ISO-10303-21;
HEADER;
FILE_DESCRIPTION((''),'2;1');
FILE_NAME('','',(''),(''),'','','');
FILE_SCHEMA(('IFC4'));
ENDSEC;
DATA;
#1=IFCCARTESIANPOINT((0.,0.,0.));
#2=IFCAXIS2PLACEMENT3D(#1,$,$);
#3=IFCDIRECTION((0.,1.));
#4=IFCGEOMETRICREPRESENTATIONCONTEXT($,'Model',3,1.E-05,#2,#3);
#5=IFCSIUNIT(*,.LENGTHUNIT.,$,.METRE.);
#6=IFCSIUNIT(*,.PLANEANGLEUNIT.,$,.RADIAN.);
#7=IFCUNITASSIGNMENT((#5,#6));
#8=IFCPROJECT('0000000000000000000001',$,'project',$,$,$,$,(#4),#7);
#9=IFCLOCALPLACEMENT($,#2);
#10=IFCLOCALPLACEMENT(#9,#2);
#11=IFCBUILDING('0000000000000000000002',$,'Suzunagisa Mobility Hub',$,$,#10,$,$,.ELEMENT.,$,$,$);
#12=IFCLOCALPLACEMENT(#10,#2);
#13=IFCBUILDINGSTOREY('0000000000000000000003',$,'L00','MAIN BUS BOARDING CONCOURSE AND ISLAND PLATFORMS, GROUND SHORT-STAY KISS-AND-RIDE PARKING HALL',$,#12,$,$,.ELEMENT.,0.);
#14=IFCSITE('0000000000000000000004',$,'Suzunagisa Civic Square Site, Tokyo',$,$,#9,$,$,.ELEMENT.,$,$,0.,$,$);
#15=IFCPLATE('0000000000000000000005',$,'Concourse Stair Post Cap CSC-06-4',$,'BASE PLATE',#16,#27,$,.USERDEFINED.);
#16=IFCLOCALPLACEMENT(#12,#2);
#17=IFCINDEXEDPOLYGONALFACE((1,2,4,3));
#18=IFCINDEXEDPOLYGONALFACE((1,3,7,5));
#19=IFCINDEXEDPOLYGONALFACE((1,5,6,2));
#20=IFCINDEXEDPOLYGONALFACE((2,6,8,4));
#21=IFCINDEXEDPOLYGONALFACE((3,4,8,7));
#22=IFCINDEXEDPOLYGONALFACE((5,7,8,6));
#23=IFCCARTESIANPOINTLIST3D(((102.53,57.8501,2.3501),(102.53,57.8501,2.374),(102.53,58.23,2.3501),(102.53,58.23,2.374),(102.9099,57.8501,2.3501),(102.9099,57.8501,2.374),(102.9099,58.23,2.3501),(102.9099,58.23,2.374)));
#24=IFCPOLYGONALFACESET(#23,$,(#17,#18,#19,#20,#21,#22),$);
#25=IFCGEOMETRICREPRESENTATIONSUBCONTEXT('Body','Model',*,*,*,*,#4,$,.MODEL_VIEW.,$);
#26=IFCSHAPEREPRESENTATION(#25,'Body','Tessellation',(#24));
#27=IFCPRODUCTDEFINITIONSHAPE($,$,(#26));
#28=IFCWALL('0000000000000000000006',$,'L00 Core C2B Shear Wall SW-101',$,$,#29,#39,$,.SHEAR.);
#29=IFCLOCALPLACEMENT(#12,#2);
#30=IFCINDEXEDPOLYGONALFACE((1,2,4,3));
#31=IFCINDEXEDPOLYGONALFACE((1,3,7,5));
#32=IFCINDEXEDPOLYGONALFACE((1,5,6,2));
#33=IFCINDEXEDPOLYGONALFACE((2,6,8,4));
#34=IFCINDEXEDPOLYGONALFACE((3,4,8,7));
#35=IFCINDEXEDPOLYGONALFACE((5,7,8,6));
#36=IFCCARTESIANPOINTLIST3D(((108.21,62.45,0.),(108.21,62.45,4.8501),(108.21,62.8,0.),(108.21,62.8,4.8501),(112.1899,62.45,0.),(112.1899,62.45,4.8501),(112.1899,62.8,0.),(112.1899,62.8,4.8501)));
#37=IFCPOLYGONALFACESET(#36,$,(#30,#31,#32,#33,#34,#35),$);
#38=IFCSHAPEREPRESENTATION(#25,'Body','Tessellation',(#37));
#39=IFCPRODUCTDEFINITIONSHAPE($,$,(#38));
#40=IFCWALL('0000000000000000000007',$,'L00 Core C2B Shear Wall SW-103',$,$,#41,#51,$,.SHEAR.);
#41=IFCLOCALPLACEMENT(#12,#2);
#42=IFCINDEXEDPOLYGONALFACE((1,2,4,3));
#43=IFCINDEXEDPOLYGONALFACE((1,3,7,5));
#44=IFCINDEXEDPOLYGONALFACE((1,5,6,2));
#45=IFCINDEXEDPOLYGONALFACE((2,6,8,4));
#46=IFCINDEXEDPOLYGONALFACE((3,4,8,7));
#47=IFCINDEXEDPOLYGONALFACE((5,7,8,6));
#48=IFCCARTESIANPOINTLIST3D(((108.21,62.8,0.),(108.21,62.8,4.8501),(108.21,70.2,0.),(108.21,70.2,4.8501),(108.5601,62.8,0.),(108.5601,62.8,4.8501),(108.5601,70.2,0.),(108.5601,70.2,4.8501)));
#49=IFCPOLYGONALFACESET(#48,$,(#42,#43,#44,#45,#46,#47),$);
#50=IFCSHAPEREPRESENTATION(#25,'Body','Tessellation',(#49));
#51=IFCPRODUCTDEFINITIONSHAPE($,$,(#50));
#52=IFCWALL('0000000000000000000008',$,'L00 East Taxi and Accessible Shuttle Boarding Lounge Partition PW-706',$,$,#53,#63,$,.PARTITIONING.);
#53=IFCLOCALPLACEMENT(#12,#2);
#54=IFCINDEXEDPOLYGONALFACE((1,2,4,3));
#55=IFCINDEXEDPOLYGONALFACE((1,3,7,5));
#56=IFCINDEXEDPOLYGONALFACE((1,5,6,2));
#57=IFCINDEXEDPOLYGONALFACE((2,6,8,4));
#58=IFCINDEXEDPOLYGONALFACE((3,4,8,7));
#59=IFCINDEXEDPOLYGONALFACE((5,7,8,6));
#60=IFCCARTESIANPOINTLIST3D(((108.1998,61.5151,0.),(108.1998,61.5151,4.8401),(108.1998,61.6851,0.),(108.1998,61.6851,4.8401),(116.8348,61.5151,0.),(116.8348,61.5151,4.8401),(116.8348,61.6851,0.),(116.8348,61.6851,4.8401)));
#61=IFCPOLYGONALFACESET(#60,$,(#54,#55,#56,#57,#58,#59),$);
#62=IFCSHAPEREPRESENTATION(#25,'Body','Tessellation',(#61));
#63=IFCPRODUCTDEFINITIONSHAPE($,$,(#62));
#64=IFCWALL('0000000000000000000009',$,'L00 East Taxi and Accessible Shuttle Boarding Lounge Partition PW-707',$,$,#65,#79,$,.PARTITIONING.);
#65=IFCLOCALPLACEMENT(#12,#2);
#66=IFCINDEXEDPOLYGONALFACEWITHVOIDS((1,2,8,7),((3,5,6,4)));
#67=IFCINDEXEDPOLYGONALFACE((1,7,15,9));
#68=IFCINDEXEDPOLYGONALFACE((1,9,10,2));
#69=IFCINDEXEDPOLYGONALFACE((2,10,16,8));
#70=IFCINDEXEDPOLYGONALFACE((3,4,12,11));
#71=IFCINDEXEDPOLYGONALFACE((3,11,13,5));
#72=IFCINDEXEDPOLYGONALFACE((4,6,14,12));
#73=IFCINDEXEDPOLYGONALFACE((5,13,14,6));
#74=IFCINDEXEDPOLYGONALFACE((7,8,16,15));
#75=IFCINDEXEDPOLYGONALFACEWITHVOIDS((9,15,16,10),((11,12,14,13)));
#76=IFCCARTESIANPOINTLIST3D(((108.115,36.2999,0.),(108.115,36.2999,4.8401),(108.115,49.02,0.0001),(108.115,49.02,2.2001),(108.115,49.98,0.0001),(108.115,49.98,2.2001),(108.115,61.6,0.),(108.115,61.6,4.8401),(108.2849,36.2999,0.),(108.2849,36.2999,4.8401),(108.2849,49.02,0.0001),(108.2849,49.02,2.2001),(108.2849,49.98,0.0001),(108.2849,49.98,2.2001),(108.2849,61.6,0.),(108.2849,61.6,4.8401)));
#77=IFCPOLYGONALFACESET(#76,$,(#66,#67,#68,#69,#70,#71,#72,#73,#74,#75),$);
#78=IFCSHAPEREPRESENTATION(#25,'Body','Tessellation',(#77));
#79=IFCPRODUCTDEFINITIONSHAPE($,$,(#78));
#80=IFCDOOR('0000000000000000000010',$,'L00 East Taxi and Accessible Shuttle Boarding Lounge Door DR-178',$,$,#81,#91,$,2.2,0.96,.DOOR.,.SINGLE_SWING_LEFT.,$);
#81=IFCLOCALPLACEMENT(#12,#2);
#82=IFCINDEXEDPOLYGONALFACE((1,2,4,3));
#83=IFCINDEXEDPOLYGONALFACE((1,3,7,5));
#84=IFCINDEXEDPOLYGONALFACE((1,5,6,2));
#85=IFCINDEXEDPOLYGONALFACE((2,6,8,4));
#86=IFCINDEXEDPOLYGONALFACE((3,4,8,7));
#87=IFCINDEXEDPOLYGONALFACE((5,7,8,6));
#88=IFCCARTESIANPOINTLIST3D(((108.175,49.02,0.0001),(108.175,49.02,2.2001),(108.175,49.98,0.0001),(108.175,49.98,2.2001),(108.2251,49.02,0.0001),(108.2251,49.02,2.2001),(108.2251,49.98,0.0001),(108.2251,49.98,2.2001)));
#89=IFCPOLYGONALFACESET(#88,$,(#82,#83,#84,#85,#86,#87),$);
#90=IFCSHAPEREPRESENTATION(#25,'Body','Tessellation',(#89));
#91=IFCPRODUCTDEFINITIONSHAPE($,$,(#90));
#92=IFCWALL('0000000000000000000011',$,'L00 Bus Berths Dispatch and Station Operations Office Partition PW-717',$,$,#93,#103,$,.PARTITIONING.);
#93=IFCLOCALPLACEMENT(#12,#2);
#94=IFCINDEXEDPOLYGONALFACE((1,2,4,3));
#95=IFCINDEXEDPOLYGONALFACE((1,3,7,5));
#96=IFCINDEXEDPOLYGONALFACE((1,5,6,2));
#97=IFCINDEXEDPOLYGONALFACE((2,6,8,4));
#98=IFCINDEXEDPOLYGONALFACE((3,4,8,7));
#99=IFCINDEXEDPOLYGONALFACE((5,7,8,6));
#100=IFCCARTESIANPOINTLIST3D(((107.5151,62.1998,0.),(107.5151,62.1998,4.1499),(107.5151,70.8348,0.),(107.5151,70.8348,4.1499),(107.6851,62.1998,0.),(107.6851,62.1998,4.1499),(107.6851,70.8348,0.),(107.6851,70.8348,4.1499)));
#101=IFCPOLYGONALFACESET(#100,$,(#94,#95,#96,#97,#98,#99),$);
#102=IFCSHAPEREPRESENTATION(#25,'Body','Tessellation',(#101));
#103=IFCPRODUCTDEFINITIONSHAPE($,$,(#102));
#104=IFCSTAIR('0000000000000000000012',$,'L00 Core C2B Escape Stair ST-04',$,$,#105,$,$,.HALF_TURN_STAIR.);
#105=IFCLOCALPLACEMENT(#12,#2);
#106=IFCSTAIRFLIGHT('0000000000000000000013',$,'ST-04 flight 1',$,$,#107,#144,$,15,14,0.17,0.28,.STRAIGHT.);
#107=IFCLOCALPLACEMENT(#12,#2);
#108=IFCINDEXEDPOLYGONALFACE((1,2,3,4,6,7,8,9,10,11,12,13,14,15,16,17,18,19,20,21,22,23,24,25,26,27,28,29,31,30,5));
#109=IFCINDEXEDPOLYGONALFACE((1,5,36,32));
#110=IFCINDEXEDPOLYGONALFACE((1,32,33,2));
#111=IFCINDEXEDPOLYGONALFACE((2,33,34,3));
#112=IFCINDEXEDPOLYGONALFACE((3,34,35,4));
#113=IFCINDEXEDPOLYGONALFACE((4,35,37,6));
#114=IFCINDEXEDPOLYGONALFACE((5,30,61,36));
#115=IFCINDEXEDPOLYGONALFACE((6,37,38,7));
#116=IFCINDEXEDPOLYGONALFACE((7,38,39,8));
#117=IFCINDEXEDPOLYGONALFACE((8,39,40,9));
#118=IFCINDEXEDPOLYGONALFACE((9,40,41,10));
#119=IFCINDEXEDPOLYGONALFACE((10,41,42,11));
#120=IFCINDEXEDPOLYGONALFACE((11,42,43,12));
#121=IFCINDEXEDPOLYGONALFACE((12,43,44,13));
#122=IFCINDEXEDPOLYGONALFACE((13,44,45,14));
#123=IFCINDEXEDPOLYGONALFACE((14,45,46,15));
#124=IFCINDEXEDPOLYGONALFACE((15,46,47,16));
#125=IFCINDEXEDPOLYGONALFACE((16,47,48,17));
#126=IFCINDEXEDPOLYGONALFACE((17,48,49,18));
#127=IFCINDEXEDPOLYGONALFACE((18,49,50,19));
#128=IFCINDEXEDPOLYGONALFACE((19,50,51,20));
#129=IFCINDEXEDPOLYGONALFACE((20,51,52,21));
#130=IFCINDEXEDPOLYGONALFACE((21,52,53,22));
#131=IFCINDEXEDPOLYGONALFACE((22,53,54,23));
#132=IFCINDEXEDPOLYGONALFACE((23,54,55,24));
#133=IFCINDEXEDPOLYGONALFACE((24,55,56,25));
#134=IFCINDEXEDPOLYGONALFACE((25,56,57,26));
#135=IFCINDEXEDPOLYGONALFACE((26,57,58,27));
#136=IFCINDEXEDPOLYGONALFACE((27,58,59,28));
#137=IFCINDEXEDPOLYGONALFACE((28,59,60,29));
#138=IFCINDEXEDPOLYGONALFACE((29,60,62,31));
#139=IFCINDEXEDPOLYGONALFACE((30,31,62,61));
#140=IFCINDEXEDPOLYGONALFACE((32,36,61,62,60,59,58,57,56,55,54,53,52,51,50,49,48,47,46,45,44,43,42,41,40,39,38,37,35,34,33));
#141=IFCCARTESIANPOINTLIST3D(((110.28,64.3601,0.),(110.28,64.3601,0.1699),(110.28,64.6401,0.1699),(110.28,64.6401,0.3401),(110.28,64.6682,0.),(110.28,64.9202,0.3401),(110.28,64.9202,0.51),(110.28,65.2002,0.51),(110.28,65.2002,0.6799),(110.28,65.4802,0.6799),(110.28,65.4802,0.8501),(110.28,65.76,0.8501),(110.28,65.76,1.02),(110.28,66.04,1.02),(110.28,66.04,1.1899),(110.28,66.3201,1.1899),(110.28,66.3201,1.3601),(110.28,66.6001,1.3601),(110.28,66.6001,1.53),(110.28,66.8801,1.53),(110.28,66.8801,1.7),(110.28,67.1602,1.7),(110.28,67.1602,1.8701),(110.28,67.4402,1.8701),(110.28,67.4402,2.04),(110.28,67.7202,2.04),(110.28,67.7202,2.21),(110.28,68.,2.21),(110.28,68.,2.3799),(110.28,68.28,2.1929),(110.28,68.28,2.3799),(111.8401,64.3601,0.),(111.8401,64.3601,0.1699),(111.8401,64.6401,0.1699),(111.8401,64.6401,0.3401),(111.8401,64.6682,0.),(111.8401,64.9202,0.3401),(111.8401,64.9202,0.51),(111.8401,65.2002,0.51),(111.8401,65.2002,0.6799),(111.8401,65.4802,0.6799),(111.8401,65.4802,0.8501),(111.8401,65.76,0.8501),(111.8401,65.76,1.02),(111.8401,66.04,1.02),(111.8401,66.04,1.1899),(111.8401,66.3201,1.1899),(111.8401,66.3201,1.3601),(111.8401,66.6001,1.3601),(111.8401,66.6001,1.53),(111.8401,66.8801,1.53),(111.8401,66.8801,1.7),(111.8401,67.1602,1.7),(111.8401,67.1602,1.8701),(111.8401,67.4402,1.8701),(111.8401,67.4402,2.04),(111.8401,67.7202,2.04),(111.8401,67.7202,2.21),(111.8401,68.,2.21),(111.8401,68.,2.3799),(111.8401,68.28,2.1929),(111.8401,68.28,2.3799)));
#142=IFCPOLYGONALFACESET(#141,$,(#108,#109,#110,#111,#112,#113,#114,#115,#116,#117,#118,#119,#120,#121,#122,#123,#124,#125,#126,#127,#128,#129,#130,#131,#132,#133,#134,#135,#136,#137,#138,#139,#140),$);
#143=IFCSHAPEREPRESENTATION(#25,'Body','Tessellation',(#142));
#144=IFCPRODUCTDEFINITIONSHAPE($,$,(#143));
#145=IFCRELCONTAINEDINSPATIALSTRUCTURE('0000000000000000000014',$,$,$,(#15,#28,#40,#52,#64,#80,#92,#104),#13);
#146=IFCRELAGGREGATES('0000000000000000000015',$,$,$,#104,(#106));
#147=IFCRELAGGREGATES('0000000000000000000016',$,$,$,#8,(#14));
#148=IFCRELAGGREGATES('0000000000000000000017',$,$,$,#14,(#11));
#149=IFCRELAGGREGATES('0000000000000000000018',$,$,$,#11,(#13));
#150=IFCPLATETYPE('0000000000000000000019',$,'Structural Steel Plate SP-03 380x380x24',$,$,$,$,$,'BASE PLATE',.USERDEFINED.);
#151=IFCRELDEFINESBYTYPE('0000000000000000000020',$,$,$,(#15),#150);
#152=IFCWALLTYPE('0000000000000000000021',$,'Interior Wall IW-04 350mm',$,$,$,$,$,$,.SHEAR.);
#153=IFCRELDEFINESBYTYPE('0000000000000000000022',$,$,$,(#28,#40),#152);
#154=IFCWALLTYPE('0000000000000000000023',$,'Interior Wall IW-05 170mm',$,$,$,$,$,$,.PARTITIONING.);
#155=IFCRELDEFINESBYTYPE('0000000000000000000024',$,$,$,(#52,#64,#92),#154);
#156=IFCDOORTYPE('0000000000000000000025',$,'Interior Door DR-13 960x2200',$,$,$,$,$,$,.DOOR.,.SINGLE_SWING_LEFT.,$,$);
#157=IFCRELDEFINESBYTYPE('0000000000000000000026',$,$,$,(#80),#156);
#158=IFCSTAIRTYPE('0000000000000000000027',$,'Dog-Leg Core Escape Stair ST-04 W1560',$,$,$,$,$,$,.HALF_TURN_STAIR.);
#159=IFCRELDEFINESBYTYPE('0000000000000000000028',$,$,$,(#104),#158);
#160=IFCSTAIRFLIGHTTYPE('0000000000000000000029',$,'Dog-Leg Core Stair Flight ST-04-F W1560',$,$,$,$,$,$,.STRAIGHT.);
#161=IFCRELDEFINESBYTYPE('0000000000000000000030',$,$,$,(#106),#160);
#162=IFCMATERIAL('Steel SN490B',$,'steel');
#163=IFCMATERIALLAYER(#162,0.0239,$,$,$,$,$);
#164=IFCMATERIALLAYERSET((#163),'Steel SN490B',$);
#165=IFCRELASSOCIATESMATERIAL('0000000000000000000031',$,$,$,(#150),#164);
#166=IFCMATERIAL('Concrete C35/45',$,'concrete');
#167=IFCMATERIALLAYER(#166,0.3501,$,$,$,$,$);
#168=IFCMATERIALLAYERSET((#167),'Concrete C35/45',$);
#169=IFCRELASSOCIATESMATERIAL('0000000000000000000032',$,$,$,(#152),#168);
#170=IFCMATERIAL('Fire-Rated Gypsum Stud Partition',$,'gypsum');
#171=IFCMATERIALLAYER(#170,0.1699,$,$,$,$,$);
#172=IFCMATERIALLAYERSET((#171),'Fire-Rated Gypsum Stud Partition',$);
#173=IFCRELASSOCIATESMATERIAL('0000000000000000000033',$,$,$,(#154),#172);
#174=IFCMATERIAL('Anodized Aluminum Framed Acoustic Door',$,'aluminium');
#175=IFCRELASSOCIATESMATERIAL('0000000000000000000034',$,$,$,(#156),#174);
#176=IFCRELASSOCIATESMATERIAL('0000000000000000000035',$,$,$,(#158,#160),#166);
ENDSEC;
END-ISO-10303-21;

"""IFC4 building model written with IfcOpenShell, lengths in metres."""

from ifc_helpers import new_model, si_unit, direction, frame, frame_2d, origin, origin_2d, place, context, subcontext, project, spatial, polyline, rectangle, outline, extrude, material, layer, layer_set, type_object, element, fill, aggregate, save


model = new_model("IFC4")

# Units and contexts
model_context = context("Model", 3, precision=1e-05, world=origin(), true_north=direction((0.0, 1.0)))
body_context = subcontext(model_context, "Body", "Model", "MODEL_VIEW")
ifc_project = project(units=[si_unit("LENGTHUNIT", "METRE"), si_unit("PLANEANGLEUNIT", "RADIAN")], contexts=[model_context])

# Site, building, storey
site_placement = place(None, origin())
site = spatial("IfcSite", under=ifc_project, at=site_placement, Name="Suzunagisa Civic Square Site, Tokyo", CompositionType="ELEMENT", RefElevation=0.0)
building_placement = place(site_placement, origin())
building = spatial("IfcBuilding", under=site, at=building_placement, Name="Suzunagisa Mobility Hub", CompositionType="ELEMENT")
storey_placement = place(building_placement, origin())
storey = spatial("IfcBuildingStorey", under=building, at=storey_placement, Name="L00", Description="MAIN BUS BOARDING CONCOURSE AND ISLAND PLATFORMS, GROUND SHORT-STAY KISS-AND-RIDE PARKING HALL", CompositionType="ELEMENT", Elevation=0.0)

# Shared definitions
ifc_material_1 = material(Name="Steel SN490B", Category="steel")

# Plate
ifc_layer_1 = layer(ifc_material_1, 0.0239)
ifc_layer_set_1 = layer_set([ifc_layer_1], Name="Steel SN490B")
plate_type = type_object("IfcPlateType", Name="Structural Steel Plate SP-03 380x380x24", ElementType="BASE PLATE", PredefinedType="USERDEFINED", material=ifc_layer_set_1)
for number, where, z_axis, x_axis, name in (
    (1, (102.72, 58.04, 2.3501), (0.0, 0.0, 1.0), (1.0, 0.0, 0.0), "Concourse Stair Post Cap CSC-06-4"),
):
    element("IfcPlate", number, at=place(storey_placement, frame(where, z_axis=z_axis, x_axis=x_axis)), inside=storey, type_object=plate_type, Name=name, ObjectType="BASE PLATE", PredefinedType="USERDEFINED", context=body_context, shape_type="SweptSolid", body=[
        extrude(rectangle(XDim=0.3799, YDim=0.3799, at=origin_2d()), origin(), (0.0, 0.0, 1.0), 0.0239),
    ])

# Walls
ifc_material_2 = material(Name="Concrete C35/45", Category="concrete")
ifc_layer_2 = layer(ifc_material_2, 0.3501)
ifc_layer_set_2 = layer_set([ifc_layer_2], Name="Concrete C35/45")
wall_type_1 = type_object("IfcWallType", Name="Interior Wall IW-04 350mm", PredefinedType="SHEAR", material=ifc_layer_set_2)
wall_1_placement = place(storey_placement, frame((108.21, 62.625, 0.0), z_axis=(0.0, 0.0, 1.0), x_axis=(1.0, 0.0, 0.0)))
element("IfcWall", 2, at=wall_1_placement, inside=storey, type_object=wall_type_1, Name="L00 Core C2B Shear Wall SW-101", PredefinedType="SHEAR", context=body_context, shape_type="SweptSolid", body=[
    extrude(rectangle(XDim=3.98, YDim=0.3501, at=frame_2d((1.99, 0.0))), origin(), (0.0, 0.0, 1.0), 4.8501),
])
wall_2_placement = place(storey_placement, frame((108.385, 62.8, 0.0), z_axis=(0.0, 0.0, 1.0), x_axis=(0.0, 1.0, 0.0)))
element("IfcWall", 3, at=wall_2_placement, inside=storey, type_object=wall_type_1, Name="L00 Core C2B Shear Wall SW-103", PredefinedType="SHEAR", context=body_context, shape_type="SweptSolid", body=[
    extrude(rectangle(XDim=7.3999, YDim=0.3501, at=frame_2d((3.7, 0.0))), origin(), (0.0, 0.0, 1.0), 4.8501),
])
ifc_material_3 = material(Name="Fire-Rated Gypsum Stud Partition", Category="gypsum")
ifc_layer_3 = layer(ifc_material_3, 0.1699)
ifc_layer_set_3 = layer_set([ifc_layer_3], Name="Fire-Rated Gypsum Stud Partition")
wall_type_2 = type_object("IfcWallType", Name="Interior Wall IW-05 170mm", PredefinedType="PARTITIONING", material=ifc_layer_set_3)
wall_3_placement = place(storey_placement, frame((108.2, 61.6001, 0.0), z_axis=(0.0, 0.0, 1.0), x_axis=(1.0, 0.0, 0.0)))
element("IfcWall", 4, at=wall_3_placement, inside=storey, type_object=wall_type_2, Name="L00 East Taxi and Accessible Shuttle Boarding Lounge Partition PW-706", PredefinedType="PARTITIONING", context=body_context, shape_type="SweptSolid", body=[
    extrude(rectangle(XDim=8.635, YDim=0.1699, at=frame_2d((4.3174, 0.0))), origin(), (0.0, 0.0, 1.0), 4.8401),
])

# Wall, opening, door
wall_4_placement = place(storey_placement, frame((108.2, 36.3, 0.0), z_axis=(0.0, 0.0, 1.0), x_axis=(0.0, 1.0, 0.0)))
wall_4 = element("IfcWall", 5, at=wall_4_placement, inside=storey, type_object=wall_type_2, Name="L00 East Taxi and Accessible Shuttle Boarding Lounge Partition PW-707", PredefinedType="PARTITIONING", context=body_context, shape_type="SweptSolid", body=[
    extrude(rectangle(XDim=25.3, YDim=0.1699, at=frame_2d((12.6499, 0.0))), origin(), (0.0, 0.0, 1.0), 4.8401),
])
opening_placement = place(wall_4_placement, frame((12.72, 0.0, 0.0)))
opening = element("IfcOpeningElement", 6, at=opening_placement, cuts=wall_4, PredefinedType="OPENING", context=body_context, shape_type="SweptSolid", body=[
    extrude(rectangle(XDim=0.96, YDim=2.2, at=frame_2d((0.48, 1.1001))), frame((0.0, 0.0959, 0.0), z_axis=(0.0, -1.0, 0.0), x_axis=(1.0, 0.0, 0.0)), (0.0, 0.0, 1.0), 0.1919),
])
ifc_material_4 = material(Name="Anodized Aluminum Framed Acoustic Door", Category="aluminium")
door_type = type_object("IfcDoorType", Name="Interior Door DR-13 960x2200", OperationType="SINGLE_SWING_LEFT", PredefinedType="DOOR", material=ifc_material_4)
door_placement = place(opening_placement, origin())
door = element("IfcDoor", 7, at=door_placement, inside=storey, type_object=door_type, Name="L00 East Taxi and Accessible Shuttle Boarding Lounge Door DR-178", OperationType="SINGLE_SWING_LEFT", OverallHeight=2.2, OverallWidth=0.96, PredefinedType="DOOR", context=body_context, shape_type="SweptSolid", body=[
    extrude(rectangle(XDim=0.96, YDim=2.2, at=frame_2d((0.48, 1.1001))), frame((0.0, 0.0249, 0.0), z_axis=(0.0, -1.0, 0.0), x_axis=(1.0, 0.0, 0.0)), (0.0, 0.0, 1.0), 0.05),
])
fill(opening, door)

# Wall
wall_5_placement = place(storey_placement, frame((107.6001, 62.2, 0.0), z_axis=(0.0, 0.0, 1.0), x_axis=(0.0, 1.0, 0.0)))
element("IfcWall", 8, at=wall_5_placement, inside=storey, type_object=wall_type_2, Name="L00 Bus Berths Dispatch and Station Operations Office Partition PW-717", PredefinedType="PARTITIONING", context=body_context, shape_type="SweptSolid", body=[
    extrude(rectangle(XDim=8.635, YDim=0.1699, at=frame_2d((4.3174, 0.0))), origin(), (0.0, 0.0, 1.0), 4.1499),
])

# Stair, stair flight
stair_type_1 = type_object("IfcStairType", Name="Dog-Leg Core Escape Stair ST-04 W1560", PredefinedType="HALF_TURN_STAIR", material=ifc_material_2)
stair_1_placement = place(storey_placement, origin())
stair_1 = element("IfcStair", 9, at=stair_1_placement, inside=storey, type_object=stair_type_1, Name="L00 Core C2B Escape Stair ST-04", PredefinedType="HALF_TURN_STAIR")
stair_flight_type_1 = type_object("IfcStairFlightType", Name="Dog-Leg Core Stair Flight ST-04-F W1560", PredefinedType="STRAIGHT", material=ifc_material_2)
stair_flight_1_placement = place(storey_placement, frame((111.0601, 64.3601, 0.0), z_axis=(0.0, 0.0, 1.0), x_axis=(0.0, 1.0, 0.0)))
stair_flight_1 = element("IfcStairFlight", 10, at=stair_flight_1_placement, type_object=stair_flight_type_1, Name="ST-04 flight 1", NumberOfRisers=15, NumberOfTreads=14, PredefinedType="STRAIGHT", RiserHeight=0.17, TreadLength=0.28, context=body_context, shape_type="SweptSolid", body=[
    extrude(outline(polyline([(0.0, 0.0), (0.0, 0.1699), (0.28, 0.1699), (0.28, 0.3401), (0.5601, 0.3401), (0.5601, 0.51), (0.8401, 0.51), (0.8401, 0.6799), (1.1201, 0.6799), (1.1201, 0.8501), (1.3999, 0.8501), (1.3999, 1.02), (1.6799, 1.02), (1.6799, 1.1899), (1.96, 1.1899), (1.96, 1.3601), (2.24, 1.3601), (2.24, 1.53), (2.52, 1.53), (2.52, 1.7), (2.8, 1.7), (2.8, 1.8701), (3.0801, 1.8701), (3.0801, 2.04), (3.3601, 2.04), (3.3601, 2.21), (3.6399, 2.21), (3.6399, 2.3799), (3.9199, 2.3799), (3.9199, 2.55), (3.9199, 2.1929), (0.3081, 0.0), (0.0, 0.0)])), frame((0.0, 0.78, 0.0), z_axis=(0.0, -1.0, 0.0), x_axis=(1.0, 0.0, 0.0)), (0.0, 0.0, 1.0), 1.5601),
])
aggregate(stair_1, [stair_flight_1])

save(model, "model.ifc")
